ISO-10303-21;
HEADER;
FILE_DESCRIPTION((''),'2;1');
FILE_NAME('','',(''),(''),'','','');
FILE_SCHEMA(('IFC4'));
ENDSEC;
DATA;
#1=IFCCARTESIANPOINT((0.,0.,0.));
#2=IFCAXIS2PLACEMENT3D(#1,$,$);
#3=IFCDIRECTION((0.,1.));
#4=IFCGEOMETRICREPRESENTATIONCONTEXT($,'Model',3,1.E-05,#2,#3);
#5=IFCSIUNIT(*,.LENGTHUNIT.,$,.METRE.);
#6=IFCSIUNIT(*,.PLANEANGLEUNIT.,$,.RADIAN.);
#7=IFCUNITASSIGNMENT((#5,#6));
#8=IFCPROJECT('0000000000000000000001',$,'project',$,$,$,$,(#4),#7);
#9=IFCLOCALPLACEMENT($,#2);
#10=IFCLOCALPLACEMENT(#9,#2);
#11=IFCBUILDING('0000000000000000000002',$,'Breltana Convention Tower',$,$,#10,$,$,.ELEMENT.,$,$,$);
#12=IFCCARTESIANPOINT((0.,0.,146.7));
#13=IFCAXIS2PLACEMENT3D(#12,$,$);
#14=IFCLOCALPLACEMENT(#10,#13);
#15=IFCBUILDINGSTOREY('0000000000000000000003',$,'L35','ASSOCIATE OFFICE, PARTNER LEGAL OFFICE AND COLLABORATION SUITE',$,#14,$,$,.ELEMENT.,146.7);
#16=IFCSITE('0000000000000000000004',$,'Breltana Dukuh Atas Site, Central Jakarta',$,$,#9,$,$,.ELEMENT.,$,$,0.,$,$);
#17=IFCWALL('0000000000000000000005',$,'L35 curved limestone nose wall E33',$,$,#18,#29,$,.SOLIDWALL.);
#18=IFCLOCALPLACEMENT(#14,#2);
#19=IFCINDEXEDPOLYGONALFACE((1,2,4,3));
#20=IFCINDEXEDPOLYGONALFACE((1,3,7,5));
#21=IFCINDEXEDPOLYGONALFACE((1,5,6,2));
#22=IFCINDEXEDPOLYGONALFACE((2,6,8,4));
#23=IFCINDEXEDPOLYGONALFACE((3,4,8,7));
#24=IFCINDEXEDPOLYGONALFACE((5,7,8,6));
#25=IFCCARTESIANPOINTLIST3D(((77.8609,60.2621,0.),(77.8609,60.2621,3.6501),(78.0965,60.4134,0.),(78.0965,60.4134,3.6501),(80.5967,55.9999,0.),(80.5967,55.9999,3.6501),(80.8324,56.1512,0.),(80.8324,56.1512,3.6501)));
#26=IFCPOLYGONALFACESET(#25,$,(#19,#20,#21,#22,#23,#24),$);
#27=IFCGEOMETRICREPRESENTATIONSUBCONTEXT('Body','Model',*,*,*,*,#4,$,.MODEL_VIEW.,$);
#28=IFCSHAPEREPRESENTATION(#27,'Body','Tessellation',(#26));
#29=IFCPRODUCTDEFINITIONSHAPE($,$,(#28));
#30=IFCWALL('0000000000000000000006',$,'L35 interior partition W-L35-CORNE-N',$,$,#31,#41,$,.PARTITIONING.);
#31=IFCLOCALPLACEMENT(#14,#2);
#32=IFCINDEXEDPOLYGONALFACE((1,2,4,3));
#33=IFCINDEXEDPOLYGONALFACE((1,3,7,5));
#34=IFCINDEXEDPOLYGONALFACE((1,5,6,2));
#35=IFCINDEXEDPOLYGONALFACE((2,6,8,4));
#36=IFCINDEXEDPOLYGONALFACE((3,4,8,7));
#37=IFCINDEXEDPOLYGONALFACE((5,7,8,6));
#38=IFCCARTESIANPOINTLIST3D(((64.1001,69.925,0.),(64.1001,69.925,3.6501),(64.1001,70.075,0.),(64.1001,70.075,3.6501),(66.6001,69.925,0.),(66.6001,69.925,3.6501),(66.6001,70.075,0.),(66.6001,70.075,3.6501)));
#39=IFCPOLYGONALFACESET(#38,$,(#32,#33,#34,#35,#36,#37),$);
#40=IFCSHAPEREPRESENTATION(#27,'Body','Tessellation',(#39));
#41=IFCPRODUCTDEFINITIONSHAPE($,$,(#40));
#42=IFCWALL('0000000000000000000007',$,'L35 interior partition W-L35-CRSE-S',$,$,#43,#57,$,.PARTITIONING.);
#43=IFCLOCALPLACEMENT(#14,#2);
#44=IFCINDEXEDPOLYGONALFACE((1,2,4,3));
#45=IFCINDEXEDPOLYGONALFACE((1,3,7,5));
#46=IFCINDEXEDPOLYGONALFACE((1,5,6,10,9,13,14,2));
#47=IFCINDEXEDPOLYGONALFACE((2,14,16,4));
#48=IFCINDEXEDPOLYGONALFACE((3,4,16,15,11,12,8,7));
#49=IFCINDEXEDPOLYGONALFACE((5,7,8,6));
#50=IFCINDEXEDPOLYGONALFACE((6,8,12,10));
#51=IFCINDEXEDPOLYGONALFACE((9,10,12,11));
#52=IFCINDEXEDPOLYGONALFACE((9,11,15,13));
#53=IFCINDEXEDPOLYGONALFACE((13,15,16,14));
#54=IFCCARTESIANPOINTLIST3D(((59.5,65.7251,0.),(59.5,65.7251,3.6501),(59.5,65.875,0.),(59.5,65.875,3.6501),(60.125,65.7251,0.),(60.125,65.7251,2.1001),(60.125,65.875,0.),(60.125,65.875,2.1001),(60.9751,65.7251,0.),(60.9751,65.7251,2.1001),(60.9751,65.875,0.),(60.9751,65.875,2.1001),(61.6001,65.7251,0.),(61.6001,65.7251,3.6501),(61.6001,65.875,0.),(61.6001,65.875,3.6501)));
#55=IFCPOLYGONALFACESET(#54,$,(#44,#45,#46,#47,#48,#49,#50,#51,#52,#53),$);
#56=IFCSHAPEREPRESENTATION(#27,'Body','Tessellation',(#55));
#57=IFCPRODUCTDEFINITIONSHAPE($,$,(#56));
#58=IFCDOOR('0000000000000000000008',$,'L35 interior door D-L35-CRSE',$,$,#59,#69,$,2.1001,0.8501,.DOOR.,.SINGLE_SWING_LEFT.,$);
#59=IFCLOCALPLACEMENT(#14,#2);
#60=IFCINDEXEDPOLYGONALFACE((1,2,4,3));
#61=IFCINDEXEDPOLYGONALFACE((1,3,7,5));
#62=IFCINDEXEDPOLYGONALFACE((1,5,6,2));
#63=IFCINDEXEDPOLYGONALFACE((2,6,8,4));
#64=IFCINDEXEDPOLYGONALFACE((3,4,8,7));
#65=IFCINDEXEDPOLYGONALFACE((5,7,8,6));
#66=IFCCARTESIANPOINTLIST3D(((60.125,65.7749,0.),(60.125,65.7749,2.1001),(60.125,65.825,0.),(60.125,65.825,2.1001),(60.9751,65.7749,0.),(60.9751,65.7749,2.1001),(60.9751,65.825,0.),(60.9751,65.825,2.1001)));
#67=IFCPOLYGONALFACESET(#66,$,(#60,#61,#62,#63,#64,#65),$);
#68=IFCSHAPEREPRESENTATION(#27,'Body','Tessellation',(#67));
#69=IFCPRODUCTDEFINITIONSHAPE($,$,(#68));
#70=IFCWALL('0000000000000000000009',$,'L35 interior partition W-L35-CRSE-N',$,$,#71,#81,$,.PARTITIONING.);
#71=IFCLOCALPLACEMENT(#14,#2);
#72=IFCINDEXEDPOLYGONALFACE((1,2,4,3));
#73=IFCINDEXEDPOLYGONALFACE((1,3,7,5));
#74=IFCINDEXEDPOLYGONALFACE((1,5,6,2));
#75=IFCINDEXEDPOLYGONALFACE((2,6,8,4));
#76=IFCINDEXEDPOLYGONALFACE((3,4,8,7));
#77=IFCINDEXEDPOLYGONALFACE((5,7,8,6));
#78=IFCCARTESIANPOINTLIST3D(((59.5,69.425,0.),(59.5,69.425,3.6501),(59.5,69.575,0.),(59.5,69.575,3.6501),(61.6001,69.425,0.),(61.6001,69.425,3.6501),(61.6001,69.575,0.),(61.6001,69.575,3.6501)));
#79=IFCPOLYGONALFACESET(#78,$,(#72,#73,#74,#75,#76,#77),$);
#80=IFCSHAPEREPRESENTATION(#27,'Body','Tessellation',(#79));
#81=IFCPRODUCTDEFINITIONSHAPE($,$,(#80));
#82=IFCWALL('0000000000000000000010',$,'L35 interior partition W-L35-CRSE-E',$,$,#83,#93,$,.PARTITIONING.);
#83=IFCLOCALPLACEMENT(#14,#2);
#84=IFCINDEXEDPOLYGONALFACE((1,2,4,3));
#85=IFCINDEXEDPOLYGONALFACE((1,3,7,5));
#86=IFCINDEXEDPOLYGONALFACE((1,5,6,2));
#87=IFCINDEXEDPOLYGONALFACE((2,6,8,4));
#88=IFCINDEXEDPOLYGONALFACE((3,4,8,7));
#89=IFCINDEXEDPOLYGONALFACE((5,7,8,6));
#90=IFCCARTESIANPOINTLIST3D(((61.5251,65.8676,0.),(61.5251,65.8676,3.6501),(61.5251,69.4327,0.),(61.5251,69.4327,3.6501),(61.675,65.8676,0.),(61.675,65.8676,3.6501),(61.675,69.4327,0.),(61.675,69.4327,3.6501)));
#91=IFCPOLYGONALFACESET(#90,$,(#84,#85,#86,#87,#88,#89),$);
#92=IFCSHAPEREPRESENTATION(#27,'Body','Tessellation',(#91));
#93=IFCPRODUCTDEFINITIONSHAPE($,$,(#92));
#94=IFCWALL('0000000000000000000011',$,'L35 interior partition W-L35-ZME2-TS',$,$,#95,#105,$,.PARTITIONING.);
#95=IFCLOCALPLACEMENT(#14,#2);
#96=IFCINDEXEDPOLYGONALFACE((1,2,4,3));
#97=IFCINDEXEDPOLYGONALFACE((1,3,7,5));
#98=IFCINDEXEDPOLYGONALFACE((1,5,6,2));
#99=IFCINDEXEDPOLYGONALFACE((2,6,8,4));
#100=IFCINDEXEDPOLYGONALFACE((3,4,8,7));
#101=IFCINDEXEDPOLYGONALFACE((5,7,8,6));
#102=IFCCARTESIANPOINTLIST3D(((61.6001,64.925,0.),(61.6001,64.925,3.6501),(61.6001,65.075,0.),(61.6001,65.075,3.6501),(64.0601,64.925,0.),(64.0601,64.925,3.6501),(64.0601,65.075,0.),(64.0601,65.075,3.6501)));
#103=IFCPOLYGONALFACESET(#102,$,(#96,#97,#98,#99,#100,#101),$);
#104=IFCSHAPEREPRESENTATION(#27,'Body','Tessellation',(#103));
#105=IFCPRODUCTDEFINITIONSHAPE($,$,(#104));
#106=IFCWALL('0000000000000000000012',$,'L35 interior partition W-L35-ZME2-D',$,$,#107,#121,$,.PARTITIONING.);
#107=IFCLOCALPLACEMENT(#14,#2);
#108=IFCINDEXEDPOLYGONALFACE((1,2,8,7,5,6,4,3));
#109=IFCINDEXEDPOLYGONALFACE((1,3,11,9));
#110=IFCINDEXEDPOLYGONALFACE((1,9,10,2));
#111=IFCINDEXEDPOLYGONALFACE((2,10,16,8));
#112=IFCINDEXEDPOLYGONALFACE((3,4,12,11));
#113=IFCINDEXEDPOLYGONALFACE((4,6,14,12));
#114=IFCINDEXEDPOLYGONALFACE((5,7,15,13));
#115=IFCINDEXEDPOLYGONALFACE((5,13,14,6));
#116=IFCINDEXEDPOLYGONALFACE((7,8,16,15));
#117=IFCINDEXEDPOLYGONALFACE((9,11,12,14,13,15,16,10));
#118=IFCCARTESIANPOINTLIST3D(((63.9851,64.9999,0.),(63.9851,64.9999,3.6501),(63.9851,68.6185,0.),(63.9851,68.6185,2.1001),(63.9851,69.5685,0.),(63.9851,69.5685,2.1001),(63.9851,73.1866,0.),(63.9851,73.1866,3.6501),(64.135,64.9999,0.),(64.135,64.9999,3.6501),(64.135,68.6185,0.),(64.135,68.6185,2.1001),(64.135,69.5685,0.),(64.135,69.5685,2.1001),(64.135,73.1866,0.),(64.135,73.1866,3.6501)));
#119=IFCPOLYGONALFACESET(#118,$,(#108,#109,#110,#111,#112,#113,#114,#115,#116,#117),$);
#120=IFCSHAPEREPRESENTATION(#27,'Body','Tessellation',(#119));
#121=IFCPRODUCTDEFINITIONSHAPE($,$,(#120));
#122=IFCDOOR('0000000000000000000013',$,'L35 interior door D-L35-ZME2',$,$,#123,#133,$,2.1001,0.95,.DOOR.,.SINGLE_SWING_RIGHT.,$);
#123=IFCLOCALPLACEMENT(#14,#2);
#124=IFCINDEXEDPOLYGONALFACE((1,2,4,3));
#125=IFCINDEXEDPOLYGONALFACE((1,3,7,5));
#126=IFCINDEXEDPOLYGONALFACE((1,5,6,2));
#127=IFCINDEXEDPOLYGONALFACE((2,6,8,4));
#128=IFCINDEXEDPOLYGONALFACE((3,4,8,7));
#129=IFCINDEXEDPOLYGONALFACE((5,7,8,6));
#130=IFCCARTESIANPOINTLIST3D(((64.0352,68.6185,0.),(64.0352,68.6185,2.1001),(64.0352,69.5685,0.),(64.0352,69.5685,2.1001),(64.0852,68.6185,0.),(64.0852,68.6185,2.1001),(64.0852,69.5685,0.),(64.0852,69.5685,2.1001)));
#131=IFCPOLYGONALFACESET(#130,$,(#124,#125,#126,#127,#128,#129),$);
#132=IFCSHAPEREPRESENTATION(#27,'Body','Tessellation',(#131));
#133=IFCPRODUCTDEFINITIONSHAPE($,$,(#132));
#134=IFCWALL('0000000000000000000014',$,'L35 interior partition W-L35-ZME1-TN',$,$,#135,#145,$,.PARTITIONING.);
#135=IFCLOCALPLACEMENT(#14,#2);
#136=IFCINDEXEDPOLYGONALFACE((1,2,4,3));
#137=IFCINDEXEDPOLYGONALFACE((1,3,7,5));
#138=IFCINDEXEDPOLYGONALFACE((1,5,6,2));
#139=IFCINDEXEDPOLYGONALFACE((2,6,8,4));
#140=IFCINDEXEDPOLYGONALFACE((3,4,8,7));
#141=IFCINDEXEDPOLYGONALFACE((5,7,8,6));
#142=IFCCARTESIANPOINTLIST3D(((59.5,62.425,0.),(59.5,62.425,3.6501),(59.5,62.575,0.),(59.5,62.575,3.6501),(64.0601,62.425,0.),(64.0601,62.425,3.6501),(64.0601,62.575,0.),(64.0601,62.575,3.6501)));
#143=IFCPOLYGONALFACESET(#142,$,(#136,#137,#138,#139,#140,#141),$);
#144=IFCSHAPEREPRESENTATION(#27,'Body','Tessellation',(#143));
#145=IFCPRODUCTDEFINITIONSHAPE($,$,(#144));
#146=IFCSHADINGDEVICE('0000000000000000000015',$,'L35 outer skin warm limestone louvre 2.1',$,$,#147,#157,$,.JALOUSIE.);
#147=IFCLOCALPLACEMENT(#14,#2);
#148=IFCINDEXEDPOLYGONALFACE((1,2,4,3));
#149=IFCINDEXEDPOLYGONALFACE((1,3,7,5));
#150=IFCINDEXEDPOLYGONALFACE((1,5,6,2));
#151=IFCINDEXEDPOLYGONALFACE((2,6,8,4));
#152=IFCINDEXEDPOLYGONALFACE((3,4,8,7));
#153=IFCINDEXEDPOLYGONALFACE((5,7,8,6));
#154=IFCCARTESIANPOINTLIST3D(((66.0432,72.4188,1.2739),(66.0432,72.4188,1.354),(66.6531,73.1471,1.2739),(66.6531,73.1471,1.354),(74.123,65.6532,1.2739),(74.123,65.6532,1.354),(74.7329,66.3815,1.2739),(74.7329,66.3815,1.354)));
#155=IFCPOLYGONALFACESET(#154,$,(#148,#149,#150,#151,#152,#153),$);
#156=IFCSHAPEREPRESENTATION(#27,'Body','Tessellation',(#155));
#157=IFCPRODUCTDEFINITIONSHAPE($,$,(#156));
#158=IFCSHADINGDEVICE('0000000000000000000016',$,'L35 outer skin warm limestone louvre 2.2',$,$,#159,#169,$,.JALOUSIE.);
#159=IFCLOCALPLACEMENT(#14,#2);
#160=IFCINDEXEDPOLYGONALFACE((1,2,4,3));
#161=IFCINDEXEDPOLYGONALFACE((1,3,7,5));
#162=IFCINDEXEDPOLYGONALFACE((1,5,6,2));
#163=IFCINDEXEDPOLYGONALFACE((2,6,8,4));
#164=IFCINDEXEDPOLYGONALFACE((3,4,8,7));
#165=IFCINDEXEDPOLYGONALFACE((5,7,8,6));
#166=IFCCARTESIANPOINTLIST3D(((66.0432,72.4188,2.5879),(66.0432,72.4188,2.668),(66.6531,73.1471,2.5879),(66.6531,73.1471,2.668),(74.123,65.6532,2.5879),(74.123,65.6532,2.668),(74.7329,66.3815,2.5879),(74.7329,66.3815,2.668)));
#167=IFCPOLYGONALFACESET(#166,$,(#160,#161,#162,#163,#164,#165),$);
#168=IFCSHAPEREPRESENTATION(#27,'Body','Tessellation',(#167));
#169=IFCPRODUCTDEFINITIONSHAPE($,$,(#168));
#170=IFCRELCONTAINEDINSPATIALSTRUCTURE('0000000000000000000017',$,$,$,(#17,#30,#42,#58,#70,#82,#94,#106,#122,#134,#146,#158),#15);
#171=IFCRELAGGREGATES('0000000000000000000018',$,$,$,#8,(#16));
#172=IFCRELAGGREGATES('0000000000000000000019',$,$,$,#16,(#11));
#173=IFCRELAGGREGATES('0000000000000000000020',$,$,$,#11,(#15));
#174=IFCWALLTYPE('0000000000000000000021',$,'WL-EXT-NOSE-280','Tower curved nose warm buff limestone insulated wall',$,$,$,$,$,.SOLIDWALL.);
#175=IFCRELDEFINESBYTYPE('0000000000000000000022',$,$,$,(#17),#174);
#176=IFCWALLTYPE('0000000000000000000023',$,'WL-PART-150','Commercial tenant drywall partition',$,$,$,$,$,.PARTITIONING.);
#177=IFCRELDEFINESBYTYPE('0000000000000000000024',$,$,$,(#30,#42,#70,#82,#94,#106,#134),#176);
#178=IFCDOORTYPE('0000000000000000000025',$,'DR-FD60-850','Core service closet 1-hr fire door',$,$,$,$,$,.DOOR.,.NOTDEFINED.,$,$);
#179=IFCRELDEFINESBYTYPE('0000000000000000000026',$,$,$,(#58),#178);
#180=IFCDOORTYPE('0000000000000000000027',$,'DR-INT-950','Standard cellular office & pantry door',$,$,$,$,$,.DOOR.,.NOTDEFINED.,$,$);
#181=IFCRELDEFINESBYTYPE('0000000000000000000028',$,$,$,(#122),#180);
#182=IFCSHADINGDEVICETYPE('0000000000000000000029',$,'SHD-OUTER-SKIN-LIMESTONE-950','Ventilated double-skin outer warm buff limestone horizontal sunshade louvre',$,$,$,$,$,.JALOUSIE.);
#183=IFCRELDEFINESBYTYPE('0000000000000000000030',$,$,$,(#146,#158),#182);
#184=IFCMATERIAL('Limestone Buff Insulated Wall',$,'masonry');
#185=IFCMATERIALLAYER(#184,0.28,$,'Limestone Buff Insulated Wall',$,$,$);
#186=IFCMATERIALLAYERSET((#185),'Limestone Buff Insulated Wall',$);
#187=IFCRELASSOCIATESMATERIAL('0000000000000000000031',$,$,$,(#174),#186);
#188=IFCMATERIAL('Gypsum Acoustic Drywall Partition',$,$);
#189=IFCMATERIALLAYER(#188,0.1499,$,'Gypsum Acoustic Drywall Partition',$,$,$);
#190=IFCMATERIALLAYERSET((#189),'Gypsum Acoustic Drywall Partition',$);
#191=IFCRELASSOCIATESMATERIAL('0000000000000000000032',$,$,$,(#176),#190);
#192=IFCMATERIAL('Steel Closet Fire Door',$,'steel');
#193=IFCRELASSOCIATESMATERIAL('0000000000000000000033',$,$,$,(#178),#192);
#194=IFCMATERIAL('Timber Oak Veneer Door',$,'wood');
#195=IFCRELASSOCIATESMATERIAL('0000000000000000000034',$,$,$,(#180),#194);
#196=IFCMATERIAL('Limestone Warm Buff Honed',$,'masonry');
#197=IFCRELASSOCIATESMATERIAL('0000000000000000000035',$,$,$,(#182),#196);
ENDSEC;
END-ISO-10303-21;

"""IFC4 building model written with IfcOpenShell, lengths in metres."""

from ifc_helpers import new_model, si_unit, direction, frame, frame_2d, origin, origin_2d, place, context, subcontext, project, spatial, rectangle, extrude, source, transform, mapped, material, layer, layer_set, material_profile, profile_set, type_object, type_shapes, element, fill, save


model = new_model("IFC4")

# Units and contexts
model_context = context("Model", 3, precision=1e-05, world=origin(), true_north=direction((0.0, 1.0)))
body_context = subcontext(model_context, "Body", "Model", "MODEL_VIEW")
ifc_project = project(units=[si_unit("LENGTHUNIT", "METRE"), si_unit("PLANEANGLEUNIT", "RADIAN")], contexts=[model_context])

# Site, building, storey
site_placement = place(None, origin())
site = spatial("IfcSite", under=ifc_project, at=site_placement, Name="Breltana Dukuh Atas Site, Central Jakarta", CompositionType="ELEMENT", RefElevation=0.0)
building_placement = place(site_placement, origin())
building = spatial("IfcBuilding", under=site, at=building_placement, Name="Breltana Convention Tower", CompositionType="ELEMENT")
storey_placement = place(building_placement, frame((0.0, 0.0, 146.7)))
storey = spatial("IfcBuildingStorey", under=building, at=storey_placement, Name="L35", Description="ASSOCIATE OFFICE, PARTNER LEGAL OFFICE AND COLLABORATION SUITE", CompositionType="ELEMENT", Elevation=146.7)

# Walls
ifc_material_1 = material(Name="Limestone Buff Insulated Wall", Category="masonry")
ifc_layer_1 = layer(ifc_material_1, 0.28, Name="Limestone Buff Insulated Wall")
ifc_layer_set_1 = layer_set([ifc_layer_1], Name="Limestone Buff Insulated Wall")
wall_type_1 = type_object("IfcWallType", Name="WL-EXT-NOSE-280", Description="Tower curved nose warm buff limestone insulated wall", PredefinedType="SOLIDWALL", material=ifc_layer_set_1)
shared_shape_1 = source(origin(), body_context, "Body", "SweptSolid", [
    extrude(rectangle(XDim=5.0647, YDim=0.28, at=frame_2d((2.5322, 0.0))), origin(), (0.0, 0.0, 1.0), 3.6501),
])
wall_1_placement = place(storey_placement, frame((77.9788, 60.3376, 0.0), z_axis=(0.0, 0.0, 1.0), x_axis=(0.540178, -0.841551, 0.0)))
element("IfcWall", 1, at=wall_1_placement, inside=storey, type_object=wall_type_1, Name="L35 curved limestone nose wall E33", PredefinedType="SOLIDWALL", context=body_context, shape_type="MappedRepresentation", body=[
    mapped(shared_shape_1, transform((0.0, 0.0, 0.0), scale=1.0)),
])
ifc_material_2 = material(Name="Gypsum Acoustic Drywall Partition")
ifc_layer_2 = layer(ifc_material_2, 0.1499, Name="Gypsum Acoustic Drywall Partition")
ifc_layer_set_2 = layer_set([ifc_layer_2], Name="Gypsum Acoustic Drywall Partition")
wall_type_2 = type_object("IfcWallType", Name="WL-PART-150", Description="Commercial tenant drywall partition", PredefinedType="PARTITIONING", material=ifc_layer_set_2)
shared_shape_2 = source(origin(), body_context, "Body", "SweptSolid", [
    extrude(rectangle(XDim=2.5, YDim=0.1499, at=frame_2d((1.25, 0.0))), origin(), (0.0, 0.0, 1.0), 3.6501),
])
wall_2_placement = place(storey_placement, frame((64.1001, 70.0, 0.0), z_axis=(0.0, 0.0, 1.0), x_axis=(1.0, 0.0, 0.0)))
element("IfcWall", 2, at=wall_2_placement, inside=storey, type_object=wall_type_2, Name="L35 interior partition W-L35-CORNE-N", PredefinedType="PARTITIONING", context=body_context, shape_type="MappedRepresentation", body=[
    mapped(shared_shape_2, transform((0.0, 0.0, 0.0), scale=1.0)),
])

# Wall, opening, door
shared_shape_3 = source(origin(), body_context, "Body", "SweptSolid", [
    extrude(rectangle(XDim=2.1001, YDim=0.1499, at=frame_2d((1.05, 0.0))), origin(), (0.0, 0.0, 1.0), 3.6501),
])
wall_3_placement = place(storey_placement, frame((59.5, 65.8, 0.0), z_axis=(0.0, 0.0, 1.0), x_axis=(1.0, 0.0, 0.0)))
wall_3 = element("IfcWall", 3, at=wall_3_placement, inside=storey, type_object=wall_type_2, Name="L35 interior partition W-L35-CRSE-S", PredefinedType="PARTITIONING", context=body_context, shape_type="MappedRepresentation", body=[
    mapped(shared_shape_3, transform((0.0, 0.0, 0.0), scale=1.0)),
])
opening_1_placement = place(wall_3_placement, frame((0.625, 0.0, 0.0)))
opening_1 = element("IfcOpeningElement", 4, at=opening_1_placement, cuts=wall_3, PredefinedType="OPENING", context=body_context, shape_type="SweptSolid", body=[
    extrude(rectangle(XDim=0.8501, YDim=2.1001, at=frame_2d((0.425, 1.05))), frame((0.0, 0.085, 0.0), z_axis=(0.0, -1.0, 0.0), x_axis=(1.0, 0.0, 0.0)), (0.0, 0.0, 1.0), 0.1699),
])
ifc_material_3 = material(Name="Steel Closet Fire Door", Category="steel")
door_type_1 = type_object("IfcDoorType", Name="DR-FD60-850", Description="Core service closet 1-hr fire door", OperationType="NOTDEFINED", PredefinedType="DOOR", material=ifc_material_3)
shared_shape_4 = source(origin(), body_context, "Body", "SweptSolid", [
    extrude(rectangle(XDim=0.8501, YDim=2.1001, at=frame_2d((0.425, 1.05))), frame((0.0, 0.0249, 0.0), z_axis=(0.0, -1.0, 0.0), x_axis=(1.0, 0.0, 0.0)), (0.0, 0.0, 1.0), 0.05),
])
type_shapes(door_type_1, [shared_shape_4])
door_1_placement = place(opening_1_placement, origin())
door_1 = element("IfcDoor", 5, at=door_1_placement, inside=storey, type_object=door_type_1, Name="L35 interior door D-L35-CRSE", OperationType="SINGLE_SWING_LEFT", OverallHeight=2.1001, OverallWidth=0.8501, PredefinedType="DOOR", context=body_context, shape_type="MappedRepresentation", body=[
    mapped(shared_shape_4, transform((0.0, 0.0, 0.0), scale=1.0)),
])
fill(opening_1, door_1)

# Walls
wall_4_placement = place(storey_placement, frame((59.5, 69.5, 0.0), z_axis=(0.0, 0.0, 1.0), x_axis=(1.0, 0.0, 0.0)))
element("IfcWall", 6, at=wall_4_placement, inside=storey, type_object=wall_type_2, Name="L35 interior partition W-L35-CRSE-N", PredefinedType="PARTITIONING", context=body_context, shape_type="MappedRepresentation", body=[
    mapped(shared_shape_3, transform((0.0, 0.0, 0.0), scale=1.0)),
])
shared_shape_5 = source(origin(), body_context, "Body", "SweptSolid", [
    extrude(rectangle(XDim=3.5652, YDim=0.1499, at=frame_2d((1.7827, 0.0))), origin(), (0.0, 0.0, 1.0), 3.6501),
])
wall_5_placement = place(storey_placement, frame((61.6001, 65.8674, 0.0), z_axis=(0.0, 0.0, 1.0), x_axis=(0.0, 1.0, 0.0)))
element("IfcWall", 7, at=wall_5_placement, inside=storey, type_object=wall_type_2, Name="L35 interior partition W-L35-CRSE-E", PredefinedType="PARTITIONING", context=body_context, shape_type="MappedRepresentation", body=[
    mapped(shared_shape_5, transform((0.0, 0.0, 0.0), scale=1.0)),
])
shared_shape_6 = source(origin(), body_context, "Body", "SweptSolid", [
    extrude(rectangle(XDim=2.46, YDim=0.1499, at=frame_2d((1.23, 0.0))), origin(), (0.0, 0.0, 1.0), 3.6501),
])
wall_6_placement = place(storey_placement, frame((61.6001, 65.0, 0.0), z_axis=(0.0, 0.0, 1.0), x_axis=(1.0, 0.0, 0.0)))
element("IfcWall", 8, at=wall_6_placement, inside=storey, type_object=wall_type_2, Name="L35 interior partition W-L35-ZME2-TS", PredefinedType="PARTITIONING", context=body_context, shape_type="MappedRepresentation", body=[
    mapped(shared_shape_6, transform((0.0, 0.0, 0.0), scale=1.0)),
])

# Wall, opening, door
shared_shape_7 = source(origin(), body_context, "Body", "SweptSolid", [
    extrude(rectangle(XDim=8.1868, YDim=0.1499, at=frame_2d((4.0933, 0.0))), origin(), (0.0, 0.0, 1.0), 3.6501),
])
wall_7_placement = place(storey_placement, frame((64.0601, 65.0, 0.0), z_axis=(0.0, 0.0, 1.0), x_axis=(0.0, 1.0, 0.0)))
wall_7 = element("IfcWall", 9, at=wall_7_placement, inside=storey, type_object=wall_type_2, Name="L35 interior partition W-L35-ZME2-D", PredefinedType="PARTITIONING", context=body_context, shape_type="MappedRepresentation", body=[
    mapped(shared_shape_7, transform((0.0, 0.0, 0.0), scale=1.0)),
])
opening_2_placement = place(wall_7_placement, frame((3.6184, 0.0, 0.0)))
opening_2 = element("IfcOpeningElement", 10, at=opening_2_placement, cuts=wall_7, PredefinedType="OPENING", context=body_context, shape_type="SweptSolid", body=[
    extrude(rectangle(XDim=0.95, YDim=2.1001, at=frame_2d((0.4751, 1.05))), frame((0.0, 0.085, 0.0), z_axis=(0.0, -1.0, 0.0), x_axis=(1.0, 0.0, 0.0)), (0.0, 0.0, 1.0), 0.1699),
])
ifc_material_4 = material(Name="Timber Oak Veneer Door", Category="wood")
door_type_2 = type_object("IfcDoorType", Name="DR-INT-950", Description="Standard cellular office & pantry door", OperationType="NOTDEFINED", PredefinedType="DOOR", material=ifc_material_4)
shared_shape_8 = source(origin(), body_context, "Body", "SweptSolid", [
    extrude(rectangle(XDim=0.95, YDim=2.1001, at=frame_2d((0.4751, 1.05))), frame((0.0, 0.0249, 0.0), z_axis=(0.0, -1.0, 0.0), x_axis=(1.0, 0.0, 0.0)), (0.0, 0.0, 1.0), 0.05),
])
type_shapes(door_type_2, [shared_shape_8])
door_2_placement = place(opening_2_placement, origin())
door_2 = element("IfcDoor", 11, at=door_2_placement, inside=storey, type_object=door_type_2, Name="L35 interior door D-L35-ZME2", OperationType="SINGLE_SWING_RIGHT", OverallHeight=2.1001, OverallWidth=0.95, PredefinedType="DOOR", context=body_context, shape_type="MappedRepresentation", body=[
    mapped(shared_shape_8, transform((0.0, 0.0, 0.0), scale=1.0)),
])
fill(opening_2, door_2)

# Wall
shared_shape_9 = source(origin(), body_context, "Body", "SweptSolid", [
    extrude(rectangle(XDim=4.5601, YDim=0.1499, at=frame_2d((2.28, 0.0))), origin(), (0.0, 0.0, 1.0), 3.6501),
])
wall_8_placement = place(storey_placement, frame((59.5, 62.5, 0.0), z_axis=(0.0, 0.0, 1.0), x_axis=(1.0, 0.0, 0.0)))
element("IfcWall", 12, at=wall_8_placement, inside=storey, type_object=wall_type_2, Name="L35 interior partition W-L35-ZME1-TN", PredefinedType="PARTITIONING", context=body_context, shape_type="MappedRepresentation", body=[
    mapped(shared_shape_9, transform((0.0, 0.0, 0.0), scale=1.0)),
])

# Shading devices
ifc_material_5 = material(Name="Limestone Warm Buff Honed", Category="masonry")
ifc_material_profile_1 = material_profile(ifc_material_5, rectangle(XDim=0.95, YDim=0.0801, at=origin_2d()), Name="STN-LVR-950X80")
ifc_profile_set_1 = profile_set([ifc_material_profile_1], Name="Limestone Warm Buff Honed")
shading_device_type = type_object("IfcShadingDeviceType", Name="SHD-OUTER-SKIN-LIMESTONE-950", Description="Ventilated double-skin outer warm buff limestone horizontal sunshade louvre", PredefinedType="JALOUSIE", material=ifc_profile_set_1)
shared_shape_10 = source(origin(), body_context, "Body", "SweptSolid", [
    extrude(rectangle(XDim=0.95, YDim=0.0801, at=origin_2d()), origin(), (0.0, 0.0, 1.0), 10.5383),
])
for number, where, z_axis, x_axis, name in (
    (13, (66.3481, 72.783, 1.314), (0.766706, -0.641999, 0.0), (0.641999, 0.766706, 0.0), "L35 outer skin warm limestone louvre 2.1"),
    (14, (66.3481, 72.783, 2.6279), (0.766706, -0.641999, 0.0), (0.641999, 0.766706, 0.0), "L35 outer skin warm limestone louvre 2.2"),
):
    element("IfcShadingDevice", number, at=place(storey_placement, frame(where, z_axis=z_axis, x_axis=x_axis)), inside=storey, type_object=shading_device_type, Name=name, PredefinedType="JALOUSIE", context=body_context, shape_type="MappedRepresentation", body=[
        mapped(shared_shape_10, transform((0.0, 0.0, 0.0), scale=1.0)),
    ])

save(model, "model.ifc")
